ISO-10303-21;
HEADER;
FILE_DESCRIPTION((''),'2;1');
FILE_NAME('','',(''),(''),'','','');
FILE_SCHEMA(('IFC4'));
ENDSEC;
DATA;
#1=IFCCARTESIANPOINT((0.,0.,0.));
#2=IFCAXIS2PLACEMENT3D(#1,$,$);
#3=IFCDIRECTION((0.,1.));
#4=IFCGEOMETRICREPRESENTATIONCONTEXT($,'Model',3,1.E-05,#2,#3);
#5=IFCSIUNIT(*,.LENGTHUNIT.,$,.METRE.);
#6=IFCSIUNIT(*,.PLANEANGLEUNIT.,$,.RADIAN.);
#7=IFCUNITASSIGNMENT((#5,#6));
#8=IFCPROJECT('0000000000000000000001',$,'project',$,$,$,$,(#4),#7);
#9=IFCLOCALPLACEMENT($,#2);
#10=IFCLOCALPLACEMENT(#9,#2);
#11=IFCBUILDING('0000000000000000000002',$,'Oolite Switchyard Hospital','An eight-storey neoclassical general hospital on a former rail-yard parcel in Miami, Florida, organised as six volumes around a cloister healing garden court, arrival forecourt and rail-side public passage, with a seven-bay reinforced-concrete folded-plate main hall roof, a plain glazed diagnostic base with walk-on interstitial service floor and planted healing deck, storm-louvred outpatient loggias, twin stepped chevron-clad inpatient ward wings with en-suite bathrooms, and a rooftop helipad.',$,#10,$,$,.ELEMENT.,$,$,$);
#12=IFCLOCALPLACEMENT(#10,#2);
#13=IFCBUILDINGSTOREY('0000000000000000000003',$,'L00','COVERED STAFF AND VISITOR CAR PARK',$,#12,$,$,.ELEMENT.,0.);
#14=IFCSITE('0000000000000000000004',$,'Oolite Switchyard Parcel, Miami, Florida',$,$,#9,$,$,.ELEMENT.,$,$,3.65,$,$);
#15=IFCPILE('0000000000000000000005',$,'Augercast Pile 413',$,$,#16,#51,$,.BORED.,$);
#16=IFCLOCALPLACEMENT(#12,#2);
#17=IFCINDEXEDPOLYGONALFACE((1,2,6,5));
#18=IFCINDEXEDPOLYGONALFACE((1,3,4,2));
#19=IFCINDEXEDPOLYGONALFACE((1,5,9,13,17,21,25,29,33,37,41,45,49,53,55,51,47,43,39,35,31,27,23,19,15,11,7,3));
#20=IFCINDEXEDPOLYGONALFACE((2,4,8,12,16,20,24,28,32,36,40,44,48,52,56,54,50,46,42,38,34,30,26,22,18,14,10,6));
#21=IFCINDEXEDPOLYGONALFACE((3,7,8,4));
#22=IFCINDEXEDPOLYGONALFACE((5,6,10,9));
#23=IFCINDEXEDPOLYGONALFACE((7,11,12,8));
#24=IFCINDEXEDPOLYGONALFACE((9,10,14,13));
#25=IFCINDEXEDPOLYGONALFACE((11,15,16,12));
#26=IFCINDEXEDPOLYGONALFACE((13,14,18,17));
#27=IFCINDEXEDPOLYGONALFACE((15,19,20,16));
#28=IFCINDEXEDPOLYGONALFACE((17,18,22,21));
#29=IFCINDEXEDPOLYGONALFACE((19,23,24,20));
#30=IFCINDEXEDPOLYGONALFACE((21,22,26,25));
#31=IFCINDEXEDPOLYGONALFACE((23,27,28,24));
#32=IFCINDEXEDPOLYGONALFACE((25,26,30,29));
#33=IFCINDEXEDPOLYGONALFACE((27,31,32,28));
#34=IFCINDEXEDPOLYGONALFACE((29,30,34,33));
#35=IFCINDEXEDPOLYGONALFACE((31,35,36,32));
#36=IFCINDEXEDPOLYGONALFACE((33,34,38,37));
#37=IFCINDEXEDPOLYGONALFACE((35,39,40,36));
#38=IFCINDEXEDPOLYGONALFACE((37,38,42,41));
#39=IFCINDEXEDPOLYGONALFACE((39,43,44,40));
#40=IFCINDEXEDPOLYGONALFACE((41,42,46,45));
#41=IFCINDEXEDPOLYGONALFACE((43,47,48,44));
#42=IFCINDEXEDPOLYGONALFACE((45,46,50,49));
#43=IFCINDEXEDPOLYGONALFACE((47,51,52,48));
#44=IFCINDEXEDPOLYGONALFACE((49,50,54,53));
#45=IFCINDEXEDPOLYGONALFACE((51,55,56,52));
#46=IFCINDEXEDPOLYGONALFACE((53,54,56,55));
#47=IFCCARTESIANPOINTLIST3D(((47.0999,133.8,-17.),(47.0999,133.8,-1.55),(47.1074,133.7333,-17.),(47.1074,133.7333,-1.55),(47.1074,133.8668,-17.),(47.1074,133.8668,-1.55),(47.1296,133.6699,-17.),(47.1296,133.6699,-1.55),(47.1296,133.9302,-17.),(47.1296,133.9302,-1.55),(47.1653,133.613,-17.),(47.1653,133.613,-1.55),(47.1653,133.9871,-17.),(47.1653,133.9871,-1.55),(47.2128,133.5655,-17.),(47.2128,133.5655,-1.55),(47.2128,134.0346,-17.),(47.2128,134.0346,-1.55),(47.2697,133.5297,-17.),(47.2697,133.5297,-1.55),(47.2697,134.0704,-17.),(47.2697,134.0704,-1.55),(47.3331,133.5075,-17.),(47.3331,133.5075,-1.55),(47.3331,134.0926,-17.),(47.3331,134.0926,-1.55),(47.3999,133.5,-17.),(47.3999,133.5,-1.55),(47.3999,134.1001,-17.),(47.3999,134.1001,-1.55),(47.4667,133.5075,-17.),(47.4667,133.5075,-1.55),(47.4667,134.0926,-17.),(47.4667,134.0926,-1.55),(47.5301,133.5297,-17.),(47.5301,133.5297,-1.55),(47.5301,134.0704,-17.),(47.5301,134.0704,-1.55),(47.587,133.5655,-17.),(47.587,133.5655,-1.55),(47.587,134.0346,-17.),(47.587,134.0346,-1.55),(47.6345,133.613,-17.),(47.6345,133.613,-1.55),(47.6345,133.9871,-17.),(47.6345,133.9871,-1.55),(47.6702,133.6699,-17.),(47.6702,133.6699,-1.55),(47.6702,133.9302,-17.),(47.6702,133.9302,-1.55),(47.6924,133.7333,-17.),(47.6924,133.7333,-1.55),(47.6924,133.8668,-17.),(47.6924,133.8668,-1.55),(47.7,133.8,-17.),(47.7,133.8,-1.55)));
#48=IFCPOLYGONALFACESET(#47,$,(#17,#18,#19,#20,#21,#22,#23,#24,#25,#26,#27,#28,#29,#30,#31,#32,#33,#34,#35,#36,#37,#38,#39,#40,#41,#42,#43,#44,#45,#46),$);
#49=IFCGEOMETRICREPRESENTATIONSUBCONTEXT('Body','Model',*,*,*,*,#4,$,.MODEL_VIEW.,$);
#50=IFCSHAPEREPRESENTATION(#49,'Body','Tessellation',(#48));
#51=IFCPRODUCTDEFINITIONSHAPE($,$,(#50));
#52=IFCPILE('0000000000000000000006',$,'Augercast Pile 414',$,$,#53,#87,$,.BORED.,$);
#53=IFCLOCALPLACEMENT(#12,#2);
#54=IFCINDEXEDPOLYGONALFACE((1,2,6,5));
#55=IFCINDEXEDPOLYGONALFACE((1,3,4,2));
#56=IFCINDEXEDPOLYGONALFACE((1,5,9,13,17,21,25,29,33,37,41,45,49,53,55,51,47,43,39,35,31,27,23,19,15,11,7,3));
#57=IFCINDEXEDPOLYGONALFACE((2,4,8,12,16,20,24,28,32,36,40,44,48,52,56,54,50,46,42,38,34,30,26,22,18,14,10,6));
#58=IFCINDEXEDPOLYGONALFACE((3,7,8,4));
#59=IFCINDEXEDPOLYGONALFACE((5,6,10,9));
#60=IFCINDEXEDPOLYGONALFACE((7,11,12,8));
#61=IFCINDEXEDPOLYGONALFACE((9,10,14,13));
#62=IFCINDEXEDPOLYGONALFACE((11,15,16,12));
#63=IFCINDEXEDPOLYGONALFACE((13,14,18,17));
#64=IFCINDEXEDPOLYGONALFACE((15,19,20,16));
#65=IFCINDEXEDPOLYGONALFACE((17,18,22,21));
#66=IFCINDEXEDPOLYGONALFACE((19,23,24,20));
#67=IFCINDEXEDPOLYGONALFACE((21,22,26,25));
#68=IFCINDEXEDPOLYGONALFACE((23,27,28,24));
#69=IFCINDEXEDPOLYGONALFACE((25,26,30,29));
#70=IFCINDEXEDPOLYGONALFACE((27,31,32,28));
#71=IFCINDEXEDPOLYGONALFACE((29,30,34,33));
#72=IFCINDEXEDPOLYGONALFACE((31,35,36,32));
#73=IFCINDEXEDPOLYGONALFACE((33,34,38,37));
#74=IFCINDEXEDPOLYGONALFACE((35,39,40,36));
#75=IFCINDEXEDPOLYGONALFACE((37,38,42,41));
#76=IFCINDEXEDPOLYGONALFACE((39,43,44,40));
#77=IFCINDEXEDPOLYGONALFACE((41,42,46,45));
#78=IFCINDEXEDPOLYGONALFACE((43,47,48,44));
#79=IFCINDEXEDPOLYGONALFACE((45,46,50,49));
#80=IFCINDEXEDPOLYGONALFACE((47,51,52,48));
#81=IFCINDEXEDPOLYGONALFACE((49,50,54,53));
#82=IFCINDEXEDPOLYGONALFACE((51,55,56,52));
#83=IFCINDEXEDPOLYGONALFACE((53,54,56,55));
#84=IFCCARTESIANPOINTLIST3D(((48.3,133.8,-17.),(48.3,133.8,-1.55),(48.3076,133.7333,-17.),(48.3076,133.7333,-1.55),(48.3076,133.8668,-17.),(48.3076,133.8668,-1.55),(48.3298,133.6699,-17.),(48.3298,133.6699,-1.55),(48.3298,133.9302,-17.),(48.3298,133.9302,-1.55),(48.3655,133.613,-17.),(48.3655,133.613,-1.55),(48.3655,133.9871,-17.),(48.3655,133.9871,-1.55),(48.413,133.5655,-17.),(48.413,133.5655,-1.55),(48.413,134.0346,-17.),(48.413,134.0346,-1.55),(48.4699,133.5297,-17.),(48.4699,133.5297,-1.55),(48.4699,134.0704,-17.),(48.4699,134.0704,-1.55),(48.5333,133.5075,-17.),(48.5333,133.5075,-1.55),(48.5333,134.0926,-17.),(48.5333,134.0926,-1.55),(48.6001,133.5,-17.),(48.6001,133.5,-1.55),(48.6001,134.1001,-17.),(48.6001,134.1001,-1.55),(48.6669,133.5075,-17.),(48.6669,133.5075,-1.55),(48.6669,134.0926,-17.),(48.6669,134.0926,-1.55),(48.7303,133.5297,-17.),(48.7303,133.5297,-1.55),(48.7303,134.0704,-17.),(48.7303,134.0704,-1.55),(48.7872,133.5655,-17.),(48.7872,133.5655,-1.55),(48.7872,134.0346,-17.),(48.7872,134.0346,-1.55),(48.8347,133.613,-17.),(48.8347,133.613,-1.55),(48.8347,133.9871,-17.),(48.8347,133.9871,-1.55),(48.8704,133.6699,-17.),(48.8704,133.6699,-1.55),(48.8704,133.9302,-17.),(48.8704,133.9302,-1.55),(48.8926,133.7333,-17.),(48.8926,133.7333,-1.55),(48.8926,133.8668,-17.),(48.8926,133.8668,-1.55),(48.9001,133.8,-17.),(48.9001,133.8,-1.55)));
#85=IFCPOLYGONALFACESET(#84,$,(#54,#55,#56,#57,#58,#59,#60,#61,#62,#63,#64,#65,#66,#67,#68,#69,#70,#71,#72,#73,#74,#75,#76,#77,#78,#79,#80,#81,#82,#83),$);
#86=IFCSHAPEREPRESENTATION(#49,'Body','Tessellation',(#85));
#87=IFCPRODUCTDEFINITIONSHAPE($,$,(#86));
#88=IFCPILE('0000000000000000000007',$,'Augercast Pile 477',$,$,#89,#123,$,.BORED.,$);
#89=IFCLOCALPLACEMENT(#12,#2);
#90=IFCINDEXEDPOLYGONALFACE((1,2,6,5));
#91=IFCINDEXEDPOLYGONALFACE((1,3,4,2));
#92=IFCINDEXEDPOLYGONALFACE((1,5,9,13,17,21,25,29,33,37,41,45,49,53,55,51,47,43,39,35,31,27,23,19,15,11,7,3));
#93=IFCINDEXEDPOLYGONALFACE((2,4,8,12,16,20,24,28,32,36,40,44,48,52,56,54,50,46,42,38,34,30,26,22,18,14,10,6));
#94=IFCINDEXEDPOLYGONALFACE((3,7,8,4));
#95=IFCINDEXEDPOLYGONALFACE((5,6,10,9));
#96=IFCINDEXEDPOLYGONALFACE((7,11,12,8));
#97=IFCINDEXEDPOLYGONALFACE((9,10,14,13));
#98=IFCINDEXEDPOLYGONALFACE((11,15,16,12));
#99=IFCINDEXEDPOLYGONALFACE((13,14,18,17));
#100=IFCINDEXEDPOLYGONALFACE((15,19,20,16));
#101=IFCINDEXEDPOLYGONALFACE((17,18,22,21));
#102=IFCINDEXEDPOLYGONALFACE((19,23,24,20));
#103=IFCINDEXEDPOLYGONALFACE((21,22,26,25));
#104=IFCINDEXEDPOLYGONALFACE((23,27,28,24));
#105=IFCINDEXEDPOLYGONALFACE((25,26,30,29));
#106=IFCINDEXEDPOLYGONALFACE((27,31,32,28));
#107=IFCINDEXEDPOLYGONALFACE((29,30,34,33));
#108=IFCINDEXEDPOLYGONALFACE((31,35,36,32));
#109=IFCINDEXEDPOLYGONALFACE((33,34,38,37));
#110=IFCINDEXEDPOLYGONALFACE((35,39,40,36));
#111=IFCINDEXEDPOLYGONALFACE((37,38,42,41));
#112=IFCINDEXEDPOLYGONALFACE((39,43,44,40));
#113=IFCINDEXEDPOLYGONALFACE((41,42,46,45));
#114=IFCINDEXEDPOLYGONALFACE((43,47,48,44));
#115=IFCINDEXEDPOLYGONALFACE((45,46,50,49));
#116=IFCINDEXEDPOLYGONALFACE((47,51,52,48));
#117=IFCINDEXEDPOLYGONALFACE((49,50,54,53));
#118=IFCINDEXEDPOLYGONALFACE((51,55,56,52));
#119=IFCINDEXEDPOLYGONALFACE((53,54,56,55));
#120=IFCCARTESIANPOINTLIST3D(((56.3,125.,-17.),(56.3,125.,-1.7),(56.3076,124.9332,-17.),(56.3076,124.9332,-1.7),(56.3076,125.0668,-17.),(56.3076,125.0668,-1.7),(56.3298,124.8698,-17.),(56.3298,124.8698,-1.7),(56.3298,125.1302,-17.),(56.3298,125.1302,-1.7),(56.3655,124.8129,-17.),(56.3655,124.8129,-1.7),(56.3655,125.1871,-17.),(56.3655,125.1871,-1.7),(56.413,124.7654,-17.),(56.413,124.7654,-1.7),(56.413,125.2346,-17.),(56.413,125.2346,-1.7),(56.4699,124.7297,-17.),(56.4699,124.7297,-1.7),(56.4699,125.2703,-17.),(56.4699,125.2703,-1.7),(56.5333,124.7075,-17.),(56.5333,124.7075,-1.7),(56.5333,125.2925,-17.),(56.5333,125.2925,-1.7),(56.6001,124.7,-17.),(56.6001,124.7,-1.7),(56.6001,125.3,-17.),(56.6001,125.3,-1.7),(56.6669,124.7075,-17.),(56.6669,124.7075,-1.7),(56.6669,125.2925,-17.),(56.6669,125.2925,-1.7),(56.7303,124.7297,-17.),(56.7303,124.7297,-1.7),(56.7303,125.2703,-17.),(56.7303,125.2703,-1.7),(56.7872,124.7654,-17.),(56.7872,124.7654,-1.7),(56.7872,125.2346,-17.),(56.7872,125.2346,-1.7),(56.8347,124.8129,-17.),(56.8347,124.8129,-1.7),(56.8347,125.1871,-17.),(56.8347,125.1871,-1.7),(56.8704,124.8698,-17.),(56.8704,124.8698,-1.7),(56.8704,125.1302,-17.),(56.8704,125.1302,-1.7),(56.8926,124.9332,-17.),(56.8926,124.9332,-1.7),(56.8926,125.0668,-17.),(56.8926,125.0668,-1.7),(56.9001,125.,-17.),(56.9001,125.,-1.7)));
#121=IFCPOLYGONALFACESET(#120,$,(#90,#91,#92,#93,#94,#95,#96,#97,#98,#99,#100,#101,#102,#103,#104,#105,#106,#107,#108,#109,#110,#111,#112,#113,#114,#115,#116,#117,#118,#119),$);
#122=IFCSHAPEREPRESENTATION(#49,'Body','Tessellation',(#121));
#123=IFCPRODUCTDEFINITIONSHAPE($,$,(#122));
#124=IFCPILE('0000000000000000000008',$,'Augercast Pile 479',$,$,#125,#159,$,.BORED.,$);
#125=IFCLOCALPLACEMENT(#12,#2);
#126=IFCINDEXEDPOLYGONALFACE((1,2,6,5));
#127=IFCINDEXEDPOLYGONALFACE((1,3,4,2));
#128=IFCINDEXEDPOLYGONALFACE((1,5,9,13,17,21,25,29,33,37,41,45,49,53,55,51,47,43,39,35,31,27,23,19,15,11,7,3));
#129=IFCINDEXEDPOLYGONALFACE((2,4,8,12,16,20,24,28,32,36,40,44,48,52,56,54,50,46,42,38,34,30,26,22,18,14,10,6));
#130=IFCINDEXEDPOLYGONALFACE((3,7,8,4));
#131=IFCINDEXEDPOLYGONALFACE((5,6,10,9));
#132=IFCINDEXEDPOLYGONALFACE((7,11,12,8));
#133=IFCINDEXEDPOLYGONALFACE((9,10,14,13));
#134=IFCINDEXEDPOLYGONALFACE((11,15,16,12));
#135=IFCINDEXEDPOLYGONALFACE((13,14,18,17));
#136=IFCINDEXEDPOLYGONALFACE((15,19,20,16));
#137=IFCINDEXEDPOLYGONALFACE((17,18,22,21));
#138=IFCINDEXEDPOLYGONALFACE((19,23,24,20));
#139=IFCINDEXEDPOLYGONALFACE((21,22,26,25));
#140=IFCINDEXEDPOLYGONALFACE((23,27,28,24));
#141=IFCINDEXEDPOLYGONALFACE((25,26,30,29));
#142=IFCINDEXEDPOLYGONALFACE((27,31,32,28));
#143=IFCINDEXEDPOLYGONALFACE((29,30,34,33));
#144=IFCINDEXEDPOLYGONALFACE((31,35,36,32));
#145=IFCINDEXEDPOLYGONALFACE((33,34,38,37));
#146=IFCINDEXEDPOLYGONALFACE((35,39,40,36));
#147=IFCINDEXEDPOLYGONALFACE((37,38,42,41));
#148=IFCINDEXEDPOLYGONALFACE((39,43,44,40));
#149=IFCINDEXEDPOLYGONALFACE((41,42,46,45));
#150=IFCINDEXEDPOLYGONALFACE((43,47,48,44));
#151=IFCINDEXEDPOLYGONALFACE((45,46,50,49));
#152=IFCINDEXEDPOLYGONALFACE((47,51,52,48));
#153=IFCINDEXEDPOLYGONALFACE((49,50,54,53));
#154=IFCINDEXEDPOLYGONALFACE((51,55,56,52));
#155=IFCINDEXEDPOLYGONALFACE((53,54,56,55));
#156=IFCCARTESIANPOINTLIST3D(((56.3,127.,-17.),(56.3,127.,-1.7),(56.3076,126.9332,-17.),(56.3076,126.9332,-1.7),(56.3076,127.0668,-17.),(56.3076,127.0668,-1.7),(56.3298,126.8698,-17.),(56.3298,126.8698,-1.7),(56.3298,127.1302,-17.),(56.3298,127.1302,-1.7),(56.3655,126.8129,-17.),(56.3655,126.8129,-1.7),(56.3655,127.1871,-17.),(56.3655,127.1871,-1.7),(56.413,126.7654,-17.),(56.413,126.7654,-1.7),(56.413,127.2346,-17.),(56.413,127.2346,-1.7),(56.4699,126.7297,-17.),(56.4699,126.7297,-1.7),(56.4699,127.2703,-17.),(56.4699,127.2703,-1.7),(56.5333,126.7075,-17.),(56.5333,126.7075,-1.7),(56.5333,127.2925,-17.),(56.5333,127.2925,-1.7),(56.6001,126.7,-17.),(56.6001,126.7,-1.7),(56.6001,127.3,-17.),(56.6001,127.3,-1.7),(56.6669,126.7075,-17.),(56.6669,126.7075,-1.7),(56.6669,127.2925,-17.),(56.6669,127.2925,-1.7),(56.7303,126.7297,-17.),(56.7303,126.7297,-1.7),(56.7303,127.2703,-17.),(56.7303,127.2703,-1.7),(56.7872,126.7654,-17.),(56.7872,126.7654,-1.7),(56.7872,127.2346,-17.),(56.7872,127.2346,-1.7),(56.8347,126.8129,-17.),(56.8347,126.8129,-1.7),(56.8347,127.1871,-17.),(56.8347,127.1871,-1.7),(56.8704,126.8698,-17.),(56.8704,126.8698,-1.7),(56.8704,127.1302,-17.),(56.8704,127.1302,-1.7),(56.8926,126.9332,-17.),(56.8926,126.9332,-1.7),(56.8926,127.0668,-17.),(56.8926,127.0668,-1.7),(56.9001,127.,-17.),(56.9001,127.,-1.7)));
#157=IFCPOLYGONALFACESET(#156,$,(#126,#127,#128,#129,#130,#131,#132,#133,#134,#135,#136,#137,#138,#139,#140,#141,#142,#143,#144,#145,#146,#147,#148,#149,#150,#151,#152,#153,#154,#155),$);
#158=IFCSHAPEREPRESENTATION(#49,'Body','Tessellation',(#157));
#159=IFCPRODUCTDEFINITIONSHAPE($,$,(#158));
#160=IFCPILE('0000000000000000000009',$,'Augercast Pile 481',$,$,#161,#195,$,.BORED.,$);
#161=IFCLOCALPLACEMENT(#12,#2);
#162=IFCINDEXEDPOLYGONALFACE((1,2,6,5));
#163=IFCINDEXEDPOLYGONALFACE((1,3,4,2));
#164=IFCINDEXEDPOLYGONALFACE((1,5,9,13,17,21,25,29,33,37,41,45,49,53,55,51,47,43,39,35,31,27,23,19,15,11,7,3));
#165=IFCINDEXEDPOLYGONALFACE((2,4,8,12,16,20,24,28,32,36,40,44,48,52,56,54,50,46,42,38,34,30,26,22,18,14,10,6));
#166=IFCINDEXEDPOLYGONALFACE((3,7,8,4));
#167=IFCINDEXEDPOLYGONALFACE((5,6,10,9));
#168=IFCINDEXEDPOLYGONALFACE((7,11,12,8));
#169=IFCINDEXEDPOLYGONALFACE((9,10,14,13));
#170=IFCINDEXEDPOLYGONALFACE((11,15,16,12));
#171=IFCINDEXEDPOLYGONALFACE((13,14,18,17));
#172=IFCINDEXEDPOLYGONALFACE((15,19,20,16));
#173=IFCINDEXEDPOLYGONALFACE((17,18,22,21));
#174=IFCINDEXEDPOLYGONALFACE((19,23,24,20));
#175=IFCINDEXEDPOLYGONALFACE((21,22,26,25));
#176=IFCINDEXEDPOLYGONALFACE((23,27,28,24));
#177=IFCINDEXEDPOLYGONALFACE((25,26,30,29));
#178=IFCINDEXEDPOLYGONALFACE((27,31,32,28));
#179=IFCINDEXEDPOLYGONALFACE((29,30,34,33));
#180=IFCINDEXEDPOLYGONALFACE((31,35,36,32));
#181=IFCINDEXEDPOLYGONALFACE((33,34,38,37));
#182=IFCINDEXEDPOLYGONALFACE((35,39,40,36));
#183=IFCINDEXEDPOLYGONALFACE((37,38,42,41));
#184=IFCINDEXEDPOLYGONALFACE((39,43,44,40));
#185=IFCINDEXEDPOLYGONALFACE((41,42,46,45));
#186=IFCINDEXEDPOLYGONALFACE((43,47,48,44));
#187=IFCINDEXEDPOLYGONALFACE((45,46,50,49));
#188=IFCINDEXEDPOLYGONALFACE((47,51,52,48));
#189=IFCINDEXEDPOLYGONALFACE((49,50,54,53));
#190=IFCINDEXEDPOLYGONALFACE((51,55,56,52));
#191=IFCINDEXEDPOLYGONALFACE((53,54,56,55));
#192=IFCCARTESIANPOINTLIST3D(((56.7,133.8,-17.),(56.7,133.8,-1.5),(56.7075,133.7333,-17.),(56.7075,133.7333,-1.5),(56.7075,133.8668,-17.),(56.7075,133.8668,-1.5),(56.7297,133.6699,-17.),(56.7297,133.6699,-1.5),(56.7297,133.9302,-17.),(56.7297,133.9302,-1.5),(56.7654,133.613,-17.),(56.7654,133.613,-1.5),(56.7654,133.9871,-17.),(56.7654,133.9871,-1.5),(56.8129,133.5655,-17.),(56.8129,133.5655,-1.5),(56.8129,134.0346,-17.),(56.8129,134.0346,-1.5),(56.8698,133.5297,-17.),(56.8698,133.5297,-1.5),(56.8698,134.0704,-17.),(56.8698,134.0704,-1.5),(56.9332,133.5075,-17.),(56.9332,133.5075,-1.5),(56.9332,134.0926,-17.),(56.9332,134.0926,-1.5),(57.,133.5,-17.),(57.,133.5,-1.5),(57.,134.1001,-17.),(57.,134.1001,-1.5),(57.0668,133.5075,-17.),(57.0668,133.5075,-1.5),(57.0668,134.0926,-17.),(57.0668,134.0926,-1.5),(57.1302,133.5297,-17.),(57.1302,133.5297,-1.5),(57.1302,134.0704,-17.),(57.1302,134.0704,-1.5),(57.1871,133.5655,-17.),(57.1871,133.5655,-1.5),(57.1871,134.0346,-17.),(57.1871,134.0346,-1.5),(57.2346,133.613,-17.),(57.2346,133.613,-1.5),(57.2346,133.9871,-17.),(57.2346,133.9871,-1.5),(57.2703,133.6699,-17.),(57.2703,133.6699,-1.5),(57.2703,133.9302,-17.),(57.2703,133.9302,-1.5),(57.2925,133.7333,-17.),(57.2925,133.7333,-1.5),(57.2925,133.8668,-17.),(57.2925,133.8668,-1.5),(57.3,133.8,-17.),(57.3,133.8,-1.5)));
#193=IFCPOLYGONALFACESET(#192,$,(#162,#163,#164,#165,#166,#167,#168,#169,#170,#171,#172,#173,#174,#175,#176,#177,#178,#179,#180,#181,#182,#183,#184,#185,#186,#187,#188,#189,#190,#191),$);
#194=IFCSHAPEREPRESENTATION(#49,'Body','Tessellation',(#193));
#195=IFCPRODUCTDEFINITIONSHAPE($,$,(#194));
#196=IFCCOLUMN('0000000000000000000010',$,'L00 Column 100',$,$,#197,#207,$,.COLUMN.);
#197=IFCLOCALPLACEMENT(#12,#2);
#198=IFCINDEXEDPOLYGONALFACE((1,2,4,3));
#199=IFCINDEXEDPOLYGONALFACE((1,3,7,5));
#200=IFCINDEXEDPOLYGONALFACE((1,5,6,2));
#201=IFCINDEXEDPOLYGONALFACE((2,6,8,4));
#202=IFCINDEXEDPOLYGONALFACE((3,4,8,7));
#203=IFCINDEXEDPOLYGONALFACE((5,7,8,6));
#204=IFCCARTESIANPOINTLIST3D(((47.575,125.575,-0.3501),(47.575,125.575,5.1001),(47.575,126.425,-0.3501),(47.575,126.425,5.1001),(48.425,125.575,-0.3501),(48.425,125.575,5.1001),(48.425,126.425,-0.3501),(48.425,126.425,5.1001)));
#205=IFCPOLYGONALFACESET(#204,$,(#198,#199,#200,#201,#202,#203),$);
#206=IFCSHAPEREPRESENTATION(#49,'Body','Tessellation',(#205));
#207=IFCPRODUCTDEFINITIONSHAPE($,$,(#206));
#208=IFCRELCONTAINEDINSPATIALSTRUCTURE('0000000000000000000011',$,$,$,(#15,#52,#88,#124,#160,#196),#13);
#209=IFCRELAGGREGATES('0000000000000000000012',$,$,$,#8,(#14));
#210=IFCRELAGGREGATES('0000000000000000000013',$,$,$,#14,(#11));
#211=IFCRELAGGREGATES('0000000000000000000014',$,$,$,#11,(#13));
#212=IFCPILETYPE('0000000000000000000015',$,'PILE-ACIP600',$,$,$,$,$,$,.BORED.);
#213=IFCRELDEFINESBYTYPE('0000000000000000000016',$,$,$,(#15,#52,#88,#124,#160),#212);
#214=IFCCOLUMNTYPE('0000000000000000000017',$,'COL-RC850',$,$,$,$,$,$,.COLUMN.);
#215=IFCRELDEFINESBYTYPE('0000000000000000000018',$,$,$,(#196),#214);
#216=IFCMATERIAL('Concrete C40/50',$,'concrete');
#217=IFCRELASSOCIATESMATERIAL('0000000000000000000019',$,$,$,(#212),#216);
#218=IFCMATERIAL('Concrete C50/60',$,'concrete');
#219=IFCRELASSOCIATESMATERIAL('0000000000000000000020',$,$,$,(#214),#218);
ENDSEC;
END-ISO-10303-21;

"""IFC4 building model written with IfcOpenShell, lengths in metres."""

from ifc_helpers import new_model, si_unit, direction, frame, origin, origin_2d, place, context, subcontext, project, spatial, rectangle, circle, extrude, material, material_profile, profile_set, type_object, element, save


model = new_model("IFC4")

# Units and contexts
model_context = context("Model", 3, precision=1e-05, world=origin(), true_north=direction((0.0, 1.0)))
body_context = subcontext(model_context, "Body", "Model", "MODEL_VIEW")
ifc_project = project(units=[si_unit("LENGTHUNIT", "METRE"), si_unit("PLANEANGLEUNIT", "RADIAN")], contexts=[model_context])

# Site, building, storey
site_placement = place(None, origin())
site = spatial("IfcSite", under=ifc_project, at=site_placement, Name="Oolite Switchyard Parcel, Miami, Florida", CompositionType="ELEMENT", RefElevation=3.65)
building_placement = place(site_placement, origin())
building = spatial("IfcBuilding", under=site, at=building_placement, Name="Oolite Switchyard Hospital", Description="An eight-storey neoclassical general hospital on a former rail-yard parcel in Miami, Florida, organised as six volumes around a cloister healing garden court, arrival forecourt and rail-side public passage, with a seven-bay reinforced-concrete folded-plate main hall roof, a plain glazed diagnostic base with walk-on interstitial service floor and planted healing deck, storm-louvred outpatient loggias, twin stepped chevron-clad inpatient ward wings with en-suite bathrooms, and a rooftop helipad.", CompositionType="ELEMENT")
storey_placement = place(building_placement, origin())
storey = spatial("IfcBuildingStorey", under=building, at=storey_placement, Name="L00", Description="COVERED STAFF AND VISITOR CAR PARK", CompositionType="ELEMENT", Elevation=0.0)

# Shared definitions
ifc_material_1 = material(Name="Concrete C40/50", Category="concrete")

# Piles
ifc_material_profile_1 = material_profile(ifc_material_1, circle(Radius=0.3, at=origin_2d()), Name="PILE600")
ifc_profile_set_1 = profile_set([ifc_material_profile_1], Name="Concrete C40/50")
pile_type = type_object("IfcPileType", Name="PILE-ACIP600", PredefinedType="BORED", material=ifc_profile_set_1)
for number, where, z_axis, x_axis, name in (
    (1, (47.3999, 133.8, -1.55), (0.0, 0.0, -1.0), (1.0, 0.0, 0.0), "Augercast Pile 413"),
    (2, (48.6001, 133.8, -1.55), (0.0, 0.0, -1.0), (1.0, 0.0, 0.0), "Augercast Pile 414"),
):
    element("IfcPile", number, at=place(storey_placement, frame(where, z_axis=z_axis, x_axis=x_axis)), inside=storey, type_object=pile_type, Name=name, PredefinedType="BORED", context=body_context, shape_type="SweptSolid", body=[
        extrude(circle(Radius=0.3, at=origin_2d()), origin(), (0.0, 0.0, 1.0), 15.45),
    ])
for number, where, z_axis, x_axis, name in (
    (3, (56.6001, 125.0, -1.7), (0.0, 0.0, -1.0), (1.0, 0.0, 0.0), "Augercast Pile 477"),
    (4, (56.6001, 127.0, -1.7), (0.0, 0.0, -1.0), (1.0, 0.0, 0.0), "Augercast Pile 479"),
):
    element("IfcPile", number, at=place(storey_placement, frame(where, z_axis=z_axis, x_axis=x_axis)), inside=storey, type_object=pile_type, Name=name, PredefinedType="BORED", context=body_context, shape_type="SweptSolid", body=[
        extrude(circle(Radius=0.3, at=origin_2d()), origin(), (0.0, 0.0, 1.0), 15.3),
    ])
pile_1_placement = place(storey_placement, frame((57.0, 133.8, -1.5), z_axis=(0.0, 0.0, -1.0), x_axis=(1.0, 0.0, 0.0)))
element("IfcPile", 5, at=pile_1_placement, inside=storey, type_object=pile_type, Name="Augercast Pile 481", PredefinedType="BORED", context=body_context, shape_type="SweptSolid", body=[
    extrude(circle(Radius=0.3, at=origin_2d()), origin(), (0.0, 0.0, 1.0), 15.5),
])

# Column
ifc_material_2 = material(Name="Concrete C50/60", Category="concrete")
ifc_material_profile_2 = material_profile(ifc_material_2, rectangle(XDim=0.8501, YDim=0.8501, at=origin_2d()), Name="RC850X850")
ifc_profile_set_2 = profile_set([ifc_material_profile_2], Name="Concrete C50/60")
column_type_1 = type_object("IfcColumnType", Name="COL-RC850", PredefinedType="COLUMN", material=ifc_profile_set_2)
column_placement = place(storey_placement, frame((48.0, 126.0, -0.3501), z_axis=(0.0, 0.0, 1.0), x_axis=(1.0, 0.0, 0.0)))
element("IfcColumn", 6, at=column_placement, inside=storey, type_object=column_type_1, Name="L00 Column 100", PredefinedType="COLUMN", context=body_context, shape_type="SweptSolid", body=[
    extrude(rectangle(XDim=0.8501, YDim=0.8501, at=origin_2d()), origin(), (0.0, 0.0, 1.0), 5.4502),
])

save(model, "model.ifc")
